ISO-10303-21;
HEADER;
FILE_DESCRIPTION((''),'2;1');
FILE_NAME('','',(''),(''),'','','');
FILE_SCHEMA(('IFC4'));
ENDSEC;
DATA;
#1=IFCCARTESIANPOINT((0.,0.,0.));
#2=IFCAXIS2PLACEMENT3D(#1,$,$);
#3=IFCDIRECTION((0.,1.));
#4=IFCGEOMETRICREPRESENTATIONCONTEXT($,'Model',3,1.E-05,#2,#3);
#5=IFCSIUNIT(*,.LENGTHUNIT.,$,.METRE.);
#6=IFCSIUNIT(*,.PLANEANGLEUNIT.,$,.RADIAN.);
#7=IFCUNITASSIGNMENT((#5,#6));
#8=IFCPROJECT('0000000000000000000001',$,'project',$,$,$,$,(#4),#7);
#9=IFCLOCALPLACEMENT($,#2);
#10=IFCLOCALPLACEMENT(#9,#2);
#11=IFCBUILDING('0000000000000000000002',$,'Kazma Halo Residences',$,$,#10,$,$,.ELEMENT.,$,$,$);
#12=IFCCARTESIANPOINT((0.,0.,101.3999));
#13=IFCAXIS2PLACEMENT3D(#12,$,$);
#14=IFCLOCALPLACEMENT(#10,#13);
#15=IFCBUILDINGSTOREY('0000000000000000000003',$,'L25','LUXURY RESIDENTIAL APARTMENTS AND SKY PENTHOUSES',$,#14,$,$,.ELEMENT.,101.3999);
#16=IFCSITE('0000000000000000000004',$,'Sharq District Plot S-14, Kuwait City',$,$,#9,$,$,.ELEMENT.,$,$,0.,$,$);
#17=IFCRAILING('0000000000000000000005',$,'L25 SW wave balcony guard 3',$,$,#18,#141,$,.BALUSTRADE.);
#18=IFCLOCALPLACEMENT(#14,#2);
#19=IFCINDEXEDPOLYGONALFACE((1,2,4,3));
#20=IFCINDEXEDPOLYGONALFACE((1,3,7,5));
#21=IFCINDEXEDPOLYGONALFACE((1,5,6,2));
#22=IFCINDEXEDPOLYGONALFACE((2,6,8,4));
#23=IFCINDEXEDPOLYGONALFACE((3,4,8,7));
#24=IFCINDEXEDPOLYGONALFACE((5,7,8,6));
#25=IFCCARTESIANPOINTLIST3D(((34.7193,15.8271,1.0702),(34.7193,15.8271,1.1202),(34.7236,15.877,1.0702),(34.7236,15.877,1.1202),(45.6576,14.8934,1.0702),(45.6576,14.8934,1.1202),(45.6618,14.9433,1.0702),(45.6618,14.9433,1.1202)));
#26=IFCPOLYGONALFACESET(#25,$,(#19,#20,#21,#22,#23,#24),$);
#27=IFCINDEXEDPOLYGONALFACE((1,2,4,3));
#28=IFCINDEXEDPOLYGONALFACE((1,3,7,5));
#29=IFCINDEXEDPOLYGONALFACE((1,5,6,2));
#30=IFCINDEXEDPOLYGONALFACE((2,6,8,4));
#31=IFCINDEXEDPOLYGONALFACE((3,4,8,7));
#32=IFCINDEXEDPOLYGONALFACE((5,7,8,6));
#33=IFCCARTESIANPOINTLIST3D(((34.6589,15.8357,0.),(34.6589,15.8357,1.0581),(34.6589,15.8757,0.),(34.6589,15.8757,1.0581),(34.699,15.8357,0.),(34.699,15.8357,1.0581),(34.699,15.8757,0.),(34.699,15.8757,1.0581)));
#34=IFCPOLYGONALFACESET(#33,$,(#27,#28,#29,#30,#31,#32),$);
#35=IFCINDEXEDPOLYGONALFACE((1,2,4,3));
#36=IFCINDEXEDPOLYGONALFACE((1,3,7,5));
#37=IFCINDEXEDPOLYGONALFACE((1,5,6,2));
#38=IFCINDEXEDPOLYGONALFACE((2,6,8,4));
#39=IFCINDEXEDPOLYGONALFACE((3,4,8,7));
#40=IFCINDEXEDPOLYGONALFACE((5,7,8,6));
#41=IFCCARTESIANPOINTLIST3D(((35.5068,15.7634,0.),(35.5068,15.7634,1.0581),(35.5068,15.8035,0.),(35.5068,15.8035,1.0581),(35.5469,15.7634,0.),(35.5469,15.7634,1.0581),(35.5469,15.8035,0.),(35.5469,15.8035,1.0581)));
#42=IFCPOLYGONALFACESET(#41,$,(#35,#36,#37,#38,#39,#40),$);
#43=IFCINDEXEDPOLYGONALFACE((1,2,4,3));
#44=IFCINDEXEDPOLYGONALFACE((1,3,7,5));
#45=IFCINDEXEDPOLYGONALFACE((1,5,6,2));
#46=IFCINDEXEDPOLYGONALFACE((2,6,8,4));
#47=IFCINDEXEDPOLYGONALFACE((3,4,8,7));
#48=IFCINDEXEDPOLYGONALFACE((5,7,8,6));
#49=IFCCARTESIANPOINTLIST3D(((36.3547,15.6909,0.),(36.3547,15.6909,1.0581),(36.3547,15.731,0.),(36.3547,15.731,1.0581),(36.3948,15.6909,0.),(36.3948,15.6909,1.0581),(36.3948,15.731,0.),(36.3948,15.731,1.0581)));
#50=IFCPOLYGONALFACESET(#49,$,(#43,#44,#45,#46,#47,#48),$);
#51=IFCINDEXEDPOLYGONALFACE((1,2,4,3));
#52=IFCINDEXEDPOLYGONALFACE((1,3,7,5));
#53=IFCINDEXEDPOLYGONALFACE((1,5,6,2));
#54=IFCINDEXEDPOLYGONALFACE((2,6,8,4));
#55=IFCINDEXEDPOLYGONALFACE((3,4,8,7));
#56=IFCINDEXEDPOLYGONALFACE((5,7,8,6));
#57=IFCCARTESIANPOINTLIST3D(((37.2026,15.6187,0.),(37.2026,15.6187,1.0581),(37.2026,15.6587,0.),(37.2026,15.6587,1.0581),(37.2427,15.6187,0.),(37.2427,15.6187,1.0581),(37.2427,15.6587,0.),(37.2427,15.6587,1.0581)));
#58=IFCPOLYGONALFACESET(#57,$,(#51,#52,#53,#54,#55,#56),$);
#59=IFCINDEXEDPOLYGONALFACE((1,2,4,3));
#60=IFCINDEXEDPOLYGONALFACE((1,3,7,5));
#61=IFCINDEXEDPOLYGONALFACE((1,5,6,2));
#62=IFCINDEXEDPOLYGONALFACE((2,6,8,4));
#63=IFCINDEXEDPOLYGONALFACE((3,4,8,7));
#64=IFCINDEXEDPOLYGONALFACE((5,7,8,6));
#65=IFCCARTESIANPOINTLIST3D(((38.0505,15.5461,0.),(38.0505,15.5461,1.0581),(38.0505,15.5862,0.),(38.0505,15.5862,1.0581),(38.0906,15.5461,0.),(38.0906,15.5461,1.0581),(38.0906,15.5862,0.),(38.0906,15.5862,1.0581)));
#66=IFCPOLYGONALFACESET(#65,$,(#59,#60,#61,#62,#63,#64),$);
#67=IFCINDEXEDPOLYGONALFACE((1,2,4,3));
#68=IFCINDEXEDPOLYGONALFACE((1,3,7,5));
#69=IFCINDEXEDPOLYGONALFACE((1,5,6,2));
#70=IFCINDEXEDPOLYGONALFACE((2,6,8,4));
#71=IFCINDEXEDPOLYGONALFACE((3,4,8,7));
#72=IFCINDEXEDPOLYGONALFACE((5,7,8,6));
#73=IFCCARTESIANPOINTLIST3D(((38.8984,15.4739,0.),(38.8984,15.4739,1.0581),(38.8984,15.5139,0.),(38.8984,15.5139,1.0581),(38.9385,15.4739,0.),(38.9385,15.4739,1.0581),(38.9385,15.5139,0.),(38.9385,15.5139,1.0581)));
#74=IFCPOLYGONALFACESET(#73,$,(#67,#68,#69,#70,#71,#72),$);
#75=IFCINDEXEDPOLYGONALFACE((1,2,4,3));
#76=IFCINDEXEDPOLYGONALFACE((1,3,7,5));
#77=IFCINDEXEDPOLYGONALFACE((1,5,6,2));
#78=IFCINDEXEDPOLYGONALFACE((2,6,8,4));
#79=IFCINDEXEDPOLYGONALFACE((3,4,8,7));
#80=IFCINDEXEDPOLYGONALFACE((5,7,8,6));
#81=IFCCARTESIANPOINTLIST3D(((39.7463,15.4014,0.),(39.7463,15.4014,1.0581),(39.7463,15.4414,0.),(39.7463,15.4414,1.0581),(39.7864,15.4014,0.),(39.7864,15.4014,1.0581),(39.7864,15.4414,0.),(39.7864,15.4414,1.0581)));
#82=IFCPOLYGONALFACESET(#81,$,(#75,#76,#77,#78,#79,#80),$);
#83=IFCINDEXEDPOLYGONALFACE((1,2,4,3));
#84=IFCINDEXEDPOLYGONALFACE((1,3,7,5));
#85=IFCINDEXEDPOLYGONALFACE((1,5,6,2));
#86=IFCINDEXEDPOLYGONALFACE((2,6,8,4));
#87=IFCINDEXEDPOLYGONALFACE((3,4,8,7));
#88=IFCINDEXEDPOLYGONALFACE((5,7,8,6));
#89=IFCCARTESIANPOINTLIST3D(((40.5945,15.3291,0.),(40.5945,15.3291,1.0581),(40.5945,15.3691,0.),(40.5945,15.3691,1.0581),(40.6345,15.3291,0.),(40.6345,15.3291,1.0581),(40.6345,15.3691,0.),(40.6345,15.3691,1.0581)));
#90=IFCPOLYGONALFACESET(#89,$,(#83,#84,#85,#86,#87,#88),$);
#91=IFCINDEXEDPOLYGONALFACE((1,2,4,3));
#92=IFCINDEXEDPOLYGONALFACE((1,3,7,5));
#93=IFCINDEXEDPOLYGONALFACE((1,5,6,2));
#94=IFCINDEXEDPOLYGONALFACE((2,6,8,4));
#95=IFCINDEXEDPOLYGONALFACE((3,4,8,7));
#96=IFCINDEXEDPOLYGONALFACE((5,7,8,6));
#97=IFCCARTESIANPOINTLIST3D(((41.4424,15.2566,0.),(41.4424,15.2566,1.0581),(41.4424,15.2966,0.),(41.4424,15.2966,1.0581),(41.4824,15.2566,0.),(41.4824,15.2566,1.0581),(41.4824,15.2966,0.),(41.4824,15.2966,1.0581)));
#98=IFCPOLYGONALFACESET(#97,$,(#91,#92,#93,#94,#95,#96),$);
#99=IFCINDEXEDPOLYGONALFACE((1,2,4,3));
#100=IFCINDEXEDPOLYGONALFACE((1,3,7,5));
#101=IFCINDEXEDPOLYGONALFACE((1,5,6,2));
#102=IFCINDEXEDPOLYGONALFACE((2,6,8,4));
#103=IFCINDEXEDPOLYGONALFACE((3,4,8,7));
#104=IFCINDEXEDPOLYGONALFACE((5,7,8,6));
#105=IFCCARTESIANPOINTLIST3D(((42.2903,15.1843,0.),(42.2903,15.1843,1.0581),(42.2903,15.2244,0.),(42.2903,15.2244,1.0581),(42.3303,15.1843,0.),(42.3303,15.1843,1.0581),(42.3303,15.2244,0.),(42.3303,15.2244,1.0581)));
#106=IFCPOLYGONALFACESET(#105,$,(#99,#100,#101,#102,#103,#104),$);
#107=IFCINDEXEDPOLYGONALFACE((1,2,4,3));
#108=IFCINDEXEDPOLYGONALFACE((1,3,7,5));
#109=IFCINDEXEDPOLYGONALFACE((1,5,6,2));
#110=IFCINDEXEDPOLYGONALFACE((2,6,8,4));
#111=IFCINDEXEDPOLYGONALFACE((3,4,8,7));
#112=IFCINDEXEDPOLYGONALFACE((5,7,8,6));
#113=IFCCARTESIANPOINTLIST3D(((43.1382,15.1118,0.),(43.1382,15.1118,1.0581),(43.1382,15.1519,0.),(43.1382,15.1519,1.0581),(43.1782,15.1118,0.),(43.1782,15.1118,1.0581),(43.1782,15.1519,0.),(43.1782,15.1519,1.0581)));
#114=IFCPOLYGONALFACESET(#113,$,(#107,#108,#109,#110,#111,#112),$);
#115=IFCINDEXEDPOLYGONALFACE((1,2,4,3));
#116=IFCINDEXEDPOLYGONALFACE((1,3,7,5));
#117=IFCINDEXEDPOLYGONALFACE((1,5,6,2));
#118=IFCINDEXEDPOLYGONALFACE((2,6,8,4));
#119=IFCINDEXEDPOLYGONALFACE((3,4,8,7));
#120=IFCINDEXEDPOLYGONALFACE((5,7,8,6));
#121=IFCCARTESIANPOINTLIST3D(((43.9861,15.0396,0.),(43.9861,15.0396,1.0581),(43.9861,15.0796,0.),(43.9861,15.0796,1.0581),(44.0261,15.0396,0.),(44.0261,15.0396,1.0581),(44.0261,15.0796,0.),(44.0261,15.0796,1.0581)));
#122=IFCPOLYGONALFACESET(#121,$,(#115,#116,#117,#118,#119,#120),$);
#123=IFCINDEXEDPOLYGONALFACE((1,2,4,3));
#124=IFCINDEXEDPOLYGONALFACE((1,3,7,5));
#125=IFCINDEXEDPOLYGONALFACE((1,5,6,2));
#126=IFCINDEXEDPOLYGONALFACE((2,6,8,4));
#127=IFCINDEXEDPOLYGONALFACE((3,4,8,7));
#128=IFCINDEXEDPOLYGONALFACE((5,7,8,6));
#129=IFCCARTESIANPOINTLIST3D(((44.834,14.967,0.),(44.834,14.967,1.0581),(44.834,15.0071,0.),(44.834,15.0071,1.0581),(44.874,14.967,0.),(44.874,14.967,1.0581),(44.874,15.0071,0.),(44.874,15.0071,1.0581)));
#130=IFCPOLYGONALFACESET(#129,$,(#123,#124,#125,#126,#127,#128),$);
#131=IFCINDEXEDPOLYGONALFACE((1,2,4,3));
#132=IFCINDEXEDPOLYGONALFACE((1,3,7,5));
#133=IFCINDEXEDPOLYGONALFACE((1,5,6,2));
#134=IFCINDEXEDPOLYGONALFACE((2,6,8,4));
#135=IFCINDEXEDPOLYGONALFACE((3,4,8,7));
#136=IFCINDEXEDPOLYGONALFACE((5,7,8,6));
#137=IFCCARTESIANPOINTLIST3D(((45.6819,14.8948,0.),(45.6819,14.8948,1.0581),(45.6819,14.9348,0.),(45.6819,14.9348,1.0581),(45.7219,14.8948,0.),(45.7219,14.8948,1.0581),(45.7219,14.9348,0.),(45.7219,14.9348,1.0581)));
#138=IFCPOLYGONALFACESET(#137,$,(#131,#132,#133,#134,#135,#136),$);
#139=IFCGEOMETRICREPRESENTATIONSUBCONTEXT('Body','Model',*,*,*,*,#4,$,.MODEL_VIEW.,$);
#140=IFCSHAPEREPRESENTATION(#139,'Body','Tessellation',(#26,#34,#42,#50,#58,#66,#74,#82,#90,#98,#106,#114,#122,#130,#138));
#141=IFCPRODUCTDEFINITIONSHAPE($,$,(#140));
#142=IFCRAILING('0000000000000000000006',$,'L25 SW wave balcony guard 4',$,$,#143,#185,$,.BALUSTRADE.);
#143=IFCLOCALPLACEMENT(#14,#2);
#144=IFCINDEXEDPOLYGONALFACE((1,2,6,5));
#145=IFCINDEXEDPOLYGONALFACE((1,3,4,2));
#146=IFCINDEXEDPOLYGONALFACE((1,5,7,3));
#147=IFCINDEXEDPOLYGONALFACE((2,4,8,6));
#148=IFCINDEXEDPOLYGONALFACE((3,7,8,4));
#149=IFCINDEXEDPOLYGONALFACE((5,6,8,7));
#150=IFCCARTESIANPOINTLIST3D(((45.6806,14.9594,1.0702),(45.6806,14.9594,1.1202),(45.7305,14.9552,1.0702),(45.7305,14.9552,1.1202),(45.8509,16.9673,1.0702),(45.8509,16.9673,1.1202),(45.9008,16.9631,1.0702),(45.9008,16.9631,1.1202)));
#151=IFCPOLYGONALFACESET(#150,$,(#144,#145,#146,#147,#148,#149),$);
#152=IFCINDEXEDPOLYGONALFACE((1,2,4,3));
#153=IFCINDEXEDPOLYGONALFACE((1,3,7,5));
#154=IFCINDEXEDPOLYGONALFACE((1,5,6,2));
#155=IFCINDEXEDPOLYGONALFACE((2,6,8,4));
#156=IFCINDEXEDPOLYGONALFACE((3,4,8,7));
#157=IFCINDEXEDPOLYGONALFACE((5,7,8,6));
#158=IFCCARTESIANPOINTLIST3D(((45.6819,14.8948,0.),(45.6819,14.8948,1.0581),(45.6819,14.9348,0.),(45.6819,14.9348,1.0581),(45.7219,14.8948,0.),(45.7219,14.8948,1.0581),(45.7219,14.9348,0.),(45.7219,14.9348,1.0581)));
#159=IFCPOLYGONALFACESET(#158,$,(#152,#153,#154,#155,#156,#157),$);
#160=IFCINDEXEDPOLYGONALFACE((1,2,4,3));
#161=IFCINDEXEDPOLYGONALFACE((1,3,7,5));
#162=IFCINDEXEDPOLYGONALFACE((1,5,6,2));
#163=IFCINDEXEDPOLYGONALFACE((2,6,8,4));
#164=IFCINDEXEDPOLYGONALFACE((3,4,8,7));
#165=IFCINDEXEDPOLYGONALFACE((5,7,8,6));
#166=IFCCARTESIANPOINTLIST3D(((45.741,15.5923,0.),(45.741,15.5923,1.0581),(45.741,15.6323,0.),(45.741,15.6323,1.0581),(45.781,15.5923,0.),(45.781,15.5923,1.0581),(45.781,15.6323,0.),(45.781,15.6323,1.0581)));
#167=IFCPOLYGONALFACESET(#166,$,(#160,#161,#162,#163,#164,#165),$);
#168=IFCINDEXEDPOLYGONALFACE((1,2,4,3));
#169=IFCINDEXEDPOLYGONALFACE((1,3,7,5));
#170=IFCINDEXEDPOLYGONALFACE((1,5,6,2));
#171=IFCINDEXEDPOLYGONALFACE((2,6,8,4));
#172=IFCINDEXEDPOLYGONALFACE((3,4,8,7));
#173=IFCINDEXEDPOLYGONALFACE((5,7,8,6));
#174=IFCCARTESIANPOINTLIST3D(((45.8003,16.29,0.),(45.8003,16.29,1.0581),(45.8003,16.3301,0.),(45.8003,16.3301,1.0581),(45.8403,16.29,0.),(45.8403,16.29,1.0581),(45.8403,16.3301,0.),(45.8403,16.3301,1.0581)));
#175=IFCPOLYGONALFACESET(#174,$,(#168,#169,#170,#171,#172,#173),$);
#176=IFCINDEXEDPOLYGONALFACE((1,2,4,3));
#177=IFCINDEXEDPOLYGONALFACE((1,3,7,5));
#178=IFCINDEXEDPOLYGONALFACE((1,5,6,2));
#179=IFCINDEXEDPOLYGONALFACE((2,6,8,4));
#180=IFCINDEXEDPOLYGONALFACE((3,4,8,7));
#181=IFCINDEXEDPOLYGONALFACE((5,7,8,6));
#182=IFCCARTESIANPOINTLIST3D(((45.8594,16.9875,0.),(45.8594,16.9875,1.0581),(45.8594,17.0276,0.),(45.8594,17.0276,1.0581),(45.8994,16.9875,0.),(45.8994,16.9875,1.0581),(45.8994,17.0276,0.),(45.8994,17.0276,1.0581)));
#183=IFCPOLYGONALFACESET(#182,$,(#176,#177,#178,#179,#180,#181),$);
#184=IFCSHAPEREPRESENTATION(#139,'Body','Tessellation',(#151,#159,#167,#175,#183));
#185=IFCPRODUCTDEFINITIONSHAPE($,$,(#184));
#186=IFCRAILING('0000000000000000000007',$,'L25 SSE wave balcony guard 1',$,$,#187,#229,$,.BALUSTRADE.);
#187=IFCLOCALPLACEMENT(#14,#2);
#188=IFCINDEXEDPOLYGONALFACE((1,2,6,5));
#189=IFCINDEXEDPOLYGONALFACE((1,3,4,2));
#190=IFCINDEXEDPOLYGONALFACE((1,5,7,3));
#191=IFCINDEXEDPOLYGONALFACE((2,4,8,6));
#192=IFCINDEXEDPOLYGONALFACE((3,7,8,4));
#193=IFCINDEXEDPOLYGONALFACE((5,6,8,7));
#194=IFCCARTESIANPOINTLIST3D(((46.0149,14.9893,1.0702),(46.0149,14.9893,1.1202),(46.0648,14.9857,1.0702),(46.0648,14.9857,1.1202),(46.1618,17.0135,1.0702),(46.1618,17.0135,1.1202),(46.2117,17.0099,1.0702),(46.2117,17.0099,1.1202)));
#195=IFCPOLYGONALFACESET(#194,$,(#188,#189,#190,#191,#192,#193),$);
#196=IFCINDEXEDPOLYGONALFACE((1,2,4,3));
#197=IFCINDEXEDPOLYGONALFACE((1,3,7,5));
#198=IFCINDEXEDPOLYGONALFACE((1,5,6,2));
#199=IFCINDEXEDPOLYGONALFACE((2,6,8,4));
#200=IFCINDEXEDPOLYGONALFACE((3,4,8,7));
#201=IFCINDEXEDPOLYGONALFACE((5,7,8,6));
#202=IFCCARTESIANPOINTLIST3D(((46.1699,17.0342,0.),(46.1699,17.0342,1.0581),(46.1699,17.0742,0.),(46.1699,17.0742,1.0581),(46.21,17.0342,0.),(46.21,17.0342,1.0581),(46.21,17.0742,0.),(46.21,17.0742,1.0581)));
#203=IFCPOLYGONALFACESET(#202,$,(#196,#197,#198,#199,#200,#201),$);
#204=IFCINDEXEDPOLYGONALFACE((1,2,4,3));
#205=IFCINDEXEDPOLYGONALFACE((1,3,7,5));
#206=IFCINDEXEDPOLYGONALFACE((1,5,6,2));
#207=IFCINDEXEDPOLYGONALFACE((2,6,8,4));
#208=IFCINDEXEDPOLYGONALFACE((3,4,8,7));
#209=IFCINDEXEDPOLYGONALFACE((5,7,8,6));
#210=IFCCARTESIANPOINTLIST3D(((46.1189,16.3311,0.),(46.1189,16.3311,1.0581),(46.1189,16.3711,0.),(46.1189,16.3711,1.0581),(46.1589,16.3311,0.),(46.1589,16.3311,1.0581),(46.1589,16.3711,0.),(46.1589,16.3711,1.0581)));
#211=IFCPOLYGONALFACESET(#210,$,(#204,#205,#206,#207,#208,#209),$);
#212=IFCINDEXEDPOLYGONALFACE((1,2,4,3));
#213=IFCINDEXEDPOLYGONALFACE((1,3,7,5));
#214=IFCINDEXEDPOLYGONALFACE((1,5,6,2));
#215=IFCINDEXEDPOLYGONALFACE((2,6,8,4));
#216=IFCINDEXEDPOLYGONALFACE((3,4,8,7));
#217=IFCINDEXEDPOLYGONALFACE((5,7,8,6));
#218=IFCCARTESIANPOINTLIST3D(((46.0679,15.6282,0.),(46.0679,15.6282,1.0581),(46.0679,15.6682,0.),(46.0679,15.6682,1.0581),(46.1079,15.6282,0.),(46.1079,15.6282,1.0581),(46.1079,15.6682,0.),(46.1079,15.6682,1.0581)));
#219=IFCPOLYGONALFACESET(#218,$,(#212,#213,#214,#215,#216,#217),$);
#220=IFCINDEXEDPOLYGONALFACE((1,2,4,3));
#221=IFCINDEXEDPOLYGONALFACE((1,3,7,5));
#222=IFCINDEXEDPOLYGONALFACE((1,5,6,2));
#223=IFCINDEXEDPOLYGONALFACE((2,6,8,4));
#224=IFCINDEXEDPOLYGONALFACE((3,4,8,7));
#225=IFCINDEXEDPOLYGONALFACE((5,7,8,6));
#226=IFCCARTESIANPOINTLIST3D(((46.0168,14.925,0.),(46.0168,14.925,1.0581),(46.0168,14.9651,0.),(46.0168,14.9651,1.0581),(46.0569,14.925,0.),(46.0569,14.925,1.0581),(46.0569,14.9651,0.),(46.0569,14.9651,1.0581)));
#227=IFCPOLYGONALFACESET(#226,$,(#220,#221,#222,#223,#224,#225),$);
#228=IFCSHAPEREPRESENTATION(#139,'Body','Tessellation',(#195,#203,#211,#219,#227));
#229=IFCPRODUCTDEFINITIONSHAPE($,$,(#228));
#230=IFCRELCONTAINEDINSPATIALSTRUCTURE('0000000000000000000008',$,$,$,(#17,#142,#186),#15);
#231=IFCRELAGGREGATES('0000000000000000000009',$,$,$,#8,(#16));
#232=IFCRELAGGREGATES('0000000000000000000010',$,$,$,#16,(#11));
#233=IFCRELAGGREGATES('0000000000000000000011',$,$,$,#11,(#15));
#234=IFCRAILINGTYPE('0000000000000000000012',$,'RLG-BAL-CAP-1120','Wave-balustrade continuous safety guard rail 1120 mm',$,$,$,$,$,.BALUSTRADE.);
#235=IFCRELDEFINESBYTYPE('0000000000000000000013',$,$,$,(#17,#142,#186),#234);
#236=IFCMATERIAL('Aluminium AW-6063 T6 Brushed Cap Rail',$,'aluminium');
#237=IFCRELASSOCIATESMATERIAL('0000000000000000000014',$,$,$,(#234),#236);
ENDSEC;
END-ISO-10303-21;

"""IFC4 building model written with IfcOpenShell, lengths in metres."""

from ifc_helpers import new_model, si_unit, direction, frame, origin, origin_2d, place, context, subcontext, project, spatial, rectangle, extrude, material, type_object, element, save


model = new_model("IFC4")

# Units and contexts
model_context = context("Model", 3, precision=1e-05, world=origin(), true_north=direction((0.0, 1.0)))
body_context = subcontext(model_context, "Body", "Model", "MODEL_VIEW")
ifc_project = project(units=[si_unit("LENGTHUNIT", "METRE"), si_unit("PLANEANGLEUNIT", "RADIAN")], contexts=[model_context])

# Site, building, storey
site_placement = place(None, origin())
site = spatial("IfcSite", under=ifc_project, at=site_placement, Name="Sharq District Plot S-14, Kuwait City", CompositionType="ELEMENT", RefElevation=0.0)
building_placement = place(site_placement, origin())
building = spatial("IfcBuilding", under=site, at=building_placement, Name="Kazma Halo Residences", CompositionType="ELEMENT")
storey_placement = place(building_placement, frame((0.0, 0.0, 101.3999)))
storey = spatial("IfcBuildingStorey", under=building, at=storey_placement, Name="L25", Description="LUXURY RESIDENTIAL APARTMENTS AND SKY PENTHOUSES", CompositionType="ELEMENT", Elevation=101.3999)

# Railings
ifc_material_1 = material(Name="Aluminium AW-6063 T6 Brushed Cap Rail", Category="aluminium")
railing_type = type_object("IfcRailingType", Name="RLG-BAL-CAP-1120", Description="Wave-balustrade continuous safety guard rail 1120 mm", PredefinedType="BALUSTRADE", material=ifc_material_1)
railing_1_placement = place(storey_placement, frame((34.679, 15.8557, 0.0)))
element("IfcRailing", 1, at=railing_1_placement, inside=storey, type_object=railing_type, Name="L25 SW wave balcony guard 3", PredefinedType="BALUSTRADE", context=body_context, shape_type="SweptSolid", body=[
    extrude(rectangle(XDim=0.05, YDim=0.05, at=origin_2d()), frame((0.0425, -0.0037, 1.0952), z_axis=(0.996377, -0.085051, 0.0), x_axis=(0.085051, 0.996377, 0.0)), (0.0, 0.0, 1.0), 10.978),
    extrude(rectangle(XDim=0.04, YDim=0.04, at=origin_2d()), origin(), (0.0, 0.0, 1.0), 1.0581),
    extrude(rectangle(XDim=0.04, YDim=0.04, at=origin_2d()), frame((0.8479, -0.0723, 0.0)), (0.0, 0.0, 1.0), 1.0581),
    extrude(rectangle(XDim=0.04, YDim=0.04, at=origin_2d()), frame((1.6958, -0.1448, 0.0)), (0.0, 0.0, 1.0), 1.0581),
    extrude(rectangle(XDim=0.04, YDim=0.04, at=origin_2d()), frame((2.5437, -0.217, 0.0)), (0.0, 0.0, 1.0), 1.0581),
    extrude(rectangle(XDim=0.04, YDim=0.04, at=origin_2d()), frame((3.3916, -0.2896, 0.0)), (0.0, 0.0, 1.0), 1.0581),
    extrude(rectangle(XDim=0.04, YDim=0.04, at=origin_2d()), frame((4.2395, -0.3618, 0.0)), (0.0, 0.0, 1.0), 1.0581),
    extrude(rectangle(XDim=0.04, YDim=0.04, at=origin_2d()), frame((5.0874, -0.4343, 0.0)), (0.0, 0.0, 1.0), 1.0581),
    extrude(rectangle(XDim=0.04, YDim=0.04, at=origin_2d()), frame((5.9355, -0.5066, 0.0)), (0.0, 0.0, 1.0), 1.0581),
    extrude(rectangle(XDim=0.04, YDim=0.04, at=origin_2d()), frame((6.7834, -0.5791, 0.0)), (0.0, 0.0, 1.0), 1.0581),
    extrude(rectangle(XDim=0.04, YDim=0.04, at=origin_2d()), frame((7.6313, -0.6514, 0.0)), (0.0, 0.0, 1.0), 1.0581),
    extrude(rectangle(XDim=0.04, YDim=0.04, at=origin_2d()), frame((8.4792, -0.7239, 0.0)), (0.0, 0.0, 1.0), 1.0581),
    extrude(rectangle(XDim=0.04, YDim=0.04, at=origin_2d()), frame((9.3271, -0.7961, 0.0)), (0.0, 0.0, 1.0), 1.0581),
    extrude(rectangle(XDim=0.04, YDim=0.04, at=origin_2d()), frame((10.175, -0.8687, 0.0)), (0.0, 0.0, 1.0), 1.0581),
    extrude(rectangle(XDim=0.04, YDim=0.04, at=origin_2d()), frame((11.0229, -0.9409, 0.0)), (0.0, 0.0, 1.0), 1.0581),
])
railing_2_placement = place(storey_placement, frame((45.7019, 14.9148, 0.0)))
element("IfcRailing", 2, at=railing_2_placement, inside=storey, type_object=railing_type, Name="L25 SW wave balcony guard 4", PredefinedType="BALUSTRADE", context=body_context, shape_type="SweptSolid", body=[
    extrude(rectangle(XDim=0.05, YDim=0.05, at=origin_2d()), frame((0.0037, 0.0425, 1.0952), z_axis=(0.084508, 0.996423, 0.0), x_axis=(-0.996423, 0.084508, 0.0)), (0.0, 0.0, 1.0), 2.0151),
    extrude(rectangle(XDim=0.04, YDim=0.04, at=origin_2d()), origin(), (0.0, 0.0, 1.0), 1.0581),
    extrude(rectangle(XDim=0.04, YDim=0.04, at=origin_2d()), frame((0.0591, 0.6975, 0.0)), (0.0, 0.0, 1.0), 1.0581),
    extrude(rectangle(XDim=0.04, YDim=0.04, at=origin_2d()), frame((0.1184, 1.3953, 0.0)), (0.0, 0.0, 1.0), 1.0581),
    extrude(rectangle(XDim=0.04, YDim=0.04, at=origin_2d()), frame((0.1775, 2.0928, 0.0)), (0.0, 0.0, 1.0), 1.0581),
])
railing_3_placement = place(storey_placement, frame((46.1899, 17.0542, 0.0)))
element("IfcRailing", 3, at=railing_3_placement, inside=storey, type_object=railing_type, Name="L25 SSE wave balcony guard 1", PredefinedType="BALUSTRADE", context=body_context, shape_type="SweptSolid", body=[
    extrude(rectangle(XDim=0.05, YDim=0.05, at=origin_2d()), frame((-0.0032, -0.0425, 1.0952), z_axis=(-0.072387, -0.997377, 0.0), x_axis=(0.997377, -0.072387, 0.0)), (0.0, 0.0, 1.0), 2.0295),
    extrude(rectangle(XDim=0.04, YDim=0.04, at=origin_2d()), origin(), (0.0, 0.0, 1.0), 1.0581),
    extrude(rectangle(XDim=0.04, YDim=0.04, at=origin_2d()), frame((-0.051, -0.7031, 0.0)), (0.0, 0.0, 1.0), 1.0581),
    extrude(rectangle(XDim=0.04, YDim=0.04, at=origin_2d()), frame((-0.1021, -1.406, 0.0)), (0.0, 0.0, 1.0), 1.0581),
    extrude(rectangle(XDim=0.04, YDim=0.04, at=origin_2d()), frame((-0.1531, -2.1091, 0.0)), (0.0, 0.0, 1.0), 1.0581),
])

save(model, "model.ifc")
